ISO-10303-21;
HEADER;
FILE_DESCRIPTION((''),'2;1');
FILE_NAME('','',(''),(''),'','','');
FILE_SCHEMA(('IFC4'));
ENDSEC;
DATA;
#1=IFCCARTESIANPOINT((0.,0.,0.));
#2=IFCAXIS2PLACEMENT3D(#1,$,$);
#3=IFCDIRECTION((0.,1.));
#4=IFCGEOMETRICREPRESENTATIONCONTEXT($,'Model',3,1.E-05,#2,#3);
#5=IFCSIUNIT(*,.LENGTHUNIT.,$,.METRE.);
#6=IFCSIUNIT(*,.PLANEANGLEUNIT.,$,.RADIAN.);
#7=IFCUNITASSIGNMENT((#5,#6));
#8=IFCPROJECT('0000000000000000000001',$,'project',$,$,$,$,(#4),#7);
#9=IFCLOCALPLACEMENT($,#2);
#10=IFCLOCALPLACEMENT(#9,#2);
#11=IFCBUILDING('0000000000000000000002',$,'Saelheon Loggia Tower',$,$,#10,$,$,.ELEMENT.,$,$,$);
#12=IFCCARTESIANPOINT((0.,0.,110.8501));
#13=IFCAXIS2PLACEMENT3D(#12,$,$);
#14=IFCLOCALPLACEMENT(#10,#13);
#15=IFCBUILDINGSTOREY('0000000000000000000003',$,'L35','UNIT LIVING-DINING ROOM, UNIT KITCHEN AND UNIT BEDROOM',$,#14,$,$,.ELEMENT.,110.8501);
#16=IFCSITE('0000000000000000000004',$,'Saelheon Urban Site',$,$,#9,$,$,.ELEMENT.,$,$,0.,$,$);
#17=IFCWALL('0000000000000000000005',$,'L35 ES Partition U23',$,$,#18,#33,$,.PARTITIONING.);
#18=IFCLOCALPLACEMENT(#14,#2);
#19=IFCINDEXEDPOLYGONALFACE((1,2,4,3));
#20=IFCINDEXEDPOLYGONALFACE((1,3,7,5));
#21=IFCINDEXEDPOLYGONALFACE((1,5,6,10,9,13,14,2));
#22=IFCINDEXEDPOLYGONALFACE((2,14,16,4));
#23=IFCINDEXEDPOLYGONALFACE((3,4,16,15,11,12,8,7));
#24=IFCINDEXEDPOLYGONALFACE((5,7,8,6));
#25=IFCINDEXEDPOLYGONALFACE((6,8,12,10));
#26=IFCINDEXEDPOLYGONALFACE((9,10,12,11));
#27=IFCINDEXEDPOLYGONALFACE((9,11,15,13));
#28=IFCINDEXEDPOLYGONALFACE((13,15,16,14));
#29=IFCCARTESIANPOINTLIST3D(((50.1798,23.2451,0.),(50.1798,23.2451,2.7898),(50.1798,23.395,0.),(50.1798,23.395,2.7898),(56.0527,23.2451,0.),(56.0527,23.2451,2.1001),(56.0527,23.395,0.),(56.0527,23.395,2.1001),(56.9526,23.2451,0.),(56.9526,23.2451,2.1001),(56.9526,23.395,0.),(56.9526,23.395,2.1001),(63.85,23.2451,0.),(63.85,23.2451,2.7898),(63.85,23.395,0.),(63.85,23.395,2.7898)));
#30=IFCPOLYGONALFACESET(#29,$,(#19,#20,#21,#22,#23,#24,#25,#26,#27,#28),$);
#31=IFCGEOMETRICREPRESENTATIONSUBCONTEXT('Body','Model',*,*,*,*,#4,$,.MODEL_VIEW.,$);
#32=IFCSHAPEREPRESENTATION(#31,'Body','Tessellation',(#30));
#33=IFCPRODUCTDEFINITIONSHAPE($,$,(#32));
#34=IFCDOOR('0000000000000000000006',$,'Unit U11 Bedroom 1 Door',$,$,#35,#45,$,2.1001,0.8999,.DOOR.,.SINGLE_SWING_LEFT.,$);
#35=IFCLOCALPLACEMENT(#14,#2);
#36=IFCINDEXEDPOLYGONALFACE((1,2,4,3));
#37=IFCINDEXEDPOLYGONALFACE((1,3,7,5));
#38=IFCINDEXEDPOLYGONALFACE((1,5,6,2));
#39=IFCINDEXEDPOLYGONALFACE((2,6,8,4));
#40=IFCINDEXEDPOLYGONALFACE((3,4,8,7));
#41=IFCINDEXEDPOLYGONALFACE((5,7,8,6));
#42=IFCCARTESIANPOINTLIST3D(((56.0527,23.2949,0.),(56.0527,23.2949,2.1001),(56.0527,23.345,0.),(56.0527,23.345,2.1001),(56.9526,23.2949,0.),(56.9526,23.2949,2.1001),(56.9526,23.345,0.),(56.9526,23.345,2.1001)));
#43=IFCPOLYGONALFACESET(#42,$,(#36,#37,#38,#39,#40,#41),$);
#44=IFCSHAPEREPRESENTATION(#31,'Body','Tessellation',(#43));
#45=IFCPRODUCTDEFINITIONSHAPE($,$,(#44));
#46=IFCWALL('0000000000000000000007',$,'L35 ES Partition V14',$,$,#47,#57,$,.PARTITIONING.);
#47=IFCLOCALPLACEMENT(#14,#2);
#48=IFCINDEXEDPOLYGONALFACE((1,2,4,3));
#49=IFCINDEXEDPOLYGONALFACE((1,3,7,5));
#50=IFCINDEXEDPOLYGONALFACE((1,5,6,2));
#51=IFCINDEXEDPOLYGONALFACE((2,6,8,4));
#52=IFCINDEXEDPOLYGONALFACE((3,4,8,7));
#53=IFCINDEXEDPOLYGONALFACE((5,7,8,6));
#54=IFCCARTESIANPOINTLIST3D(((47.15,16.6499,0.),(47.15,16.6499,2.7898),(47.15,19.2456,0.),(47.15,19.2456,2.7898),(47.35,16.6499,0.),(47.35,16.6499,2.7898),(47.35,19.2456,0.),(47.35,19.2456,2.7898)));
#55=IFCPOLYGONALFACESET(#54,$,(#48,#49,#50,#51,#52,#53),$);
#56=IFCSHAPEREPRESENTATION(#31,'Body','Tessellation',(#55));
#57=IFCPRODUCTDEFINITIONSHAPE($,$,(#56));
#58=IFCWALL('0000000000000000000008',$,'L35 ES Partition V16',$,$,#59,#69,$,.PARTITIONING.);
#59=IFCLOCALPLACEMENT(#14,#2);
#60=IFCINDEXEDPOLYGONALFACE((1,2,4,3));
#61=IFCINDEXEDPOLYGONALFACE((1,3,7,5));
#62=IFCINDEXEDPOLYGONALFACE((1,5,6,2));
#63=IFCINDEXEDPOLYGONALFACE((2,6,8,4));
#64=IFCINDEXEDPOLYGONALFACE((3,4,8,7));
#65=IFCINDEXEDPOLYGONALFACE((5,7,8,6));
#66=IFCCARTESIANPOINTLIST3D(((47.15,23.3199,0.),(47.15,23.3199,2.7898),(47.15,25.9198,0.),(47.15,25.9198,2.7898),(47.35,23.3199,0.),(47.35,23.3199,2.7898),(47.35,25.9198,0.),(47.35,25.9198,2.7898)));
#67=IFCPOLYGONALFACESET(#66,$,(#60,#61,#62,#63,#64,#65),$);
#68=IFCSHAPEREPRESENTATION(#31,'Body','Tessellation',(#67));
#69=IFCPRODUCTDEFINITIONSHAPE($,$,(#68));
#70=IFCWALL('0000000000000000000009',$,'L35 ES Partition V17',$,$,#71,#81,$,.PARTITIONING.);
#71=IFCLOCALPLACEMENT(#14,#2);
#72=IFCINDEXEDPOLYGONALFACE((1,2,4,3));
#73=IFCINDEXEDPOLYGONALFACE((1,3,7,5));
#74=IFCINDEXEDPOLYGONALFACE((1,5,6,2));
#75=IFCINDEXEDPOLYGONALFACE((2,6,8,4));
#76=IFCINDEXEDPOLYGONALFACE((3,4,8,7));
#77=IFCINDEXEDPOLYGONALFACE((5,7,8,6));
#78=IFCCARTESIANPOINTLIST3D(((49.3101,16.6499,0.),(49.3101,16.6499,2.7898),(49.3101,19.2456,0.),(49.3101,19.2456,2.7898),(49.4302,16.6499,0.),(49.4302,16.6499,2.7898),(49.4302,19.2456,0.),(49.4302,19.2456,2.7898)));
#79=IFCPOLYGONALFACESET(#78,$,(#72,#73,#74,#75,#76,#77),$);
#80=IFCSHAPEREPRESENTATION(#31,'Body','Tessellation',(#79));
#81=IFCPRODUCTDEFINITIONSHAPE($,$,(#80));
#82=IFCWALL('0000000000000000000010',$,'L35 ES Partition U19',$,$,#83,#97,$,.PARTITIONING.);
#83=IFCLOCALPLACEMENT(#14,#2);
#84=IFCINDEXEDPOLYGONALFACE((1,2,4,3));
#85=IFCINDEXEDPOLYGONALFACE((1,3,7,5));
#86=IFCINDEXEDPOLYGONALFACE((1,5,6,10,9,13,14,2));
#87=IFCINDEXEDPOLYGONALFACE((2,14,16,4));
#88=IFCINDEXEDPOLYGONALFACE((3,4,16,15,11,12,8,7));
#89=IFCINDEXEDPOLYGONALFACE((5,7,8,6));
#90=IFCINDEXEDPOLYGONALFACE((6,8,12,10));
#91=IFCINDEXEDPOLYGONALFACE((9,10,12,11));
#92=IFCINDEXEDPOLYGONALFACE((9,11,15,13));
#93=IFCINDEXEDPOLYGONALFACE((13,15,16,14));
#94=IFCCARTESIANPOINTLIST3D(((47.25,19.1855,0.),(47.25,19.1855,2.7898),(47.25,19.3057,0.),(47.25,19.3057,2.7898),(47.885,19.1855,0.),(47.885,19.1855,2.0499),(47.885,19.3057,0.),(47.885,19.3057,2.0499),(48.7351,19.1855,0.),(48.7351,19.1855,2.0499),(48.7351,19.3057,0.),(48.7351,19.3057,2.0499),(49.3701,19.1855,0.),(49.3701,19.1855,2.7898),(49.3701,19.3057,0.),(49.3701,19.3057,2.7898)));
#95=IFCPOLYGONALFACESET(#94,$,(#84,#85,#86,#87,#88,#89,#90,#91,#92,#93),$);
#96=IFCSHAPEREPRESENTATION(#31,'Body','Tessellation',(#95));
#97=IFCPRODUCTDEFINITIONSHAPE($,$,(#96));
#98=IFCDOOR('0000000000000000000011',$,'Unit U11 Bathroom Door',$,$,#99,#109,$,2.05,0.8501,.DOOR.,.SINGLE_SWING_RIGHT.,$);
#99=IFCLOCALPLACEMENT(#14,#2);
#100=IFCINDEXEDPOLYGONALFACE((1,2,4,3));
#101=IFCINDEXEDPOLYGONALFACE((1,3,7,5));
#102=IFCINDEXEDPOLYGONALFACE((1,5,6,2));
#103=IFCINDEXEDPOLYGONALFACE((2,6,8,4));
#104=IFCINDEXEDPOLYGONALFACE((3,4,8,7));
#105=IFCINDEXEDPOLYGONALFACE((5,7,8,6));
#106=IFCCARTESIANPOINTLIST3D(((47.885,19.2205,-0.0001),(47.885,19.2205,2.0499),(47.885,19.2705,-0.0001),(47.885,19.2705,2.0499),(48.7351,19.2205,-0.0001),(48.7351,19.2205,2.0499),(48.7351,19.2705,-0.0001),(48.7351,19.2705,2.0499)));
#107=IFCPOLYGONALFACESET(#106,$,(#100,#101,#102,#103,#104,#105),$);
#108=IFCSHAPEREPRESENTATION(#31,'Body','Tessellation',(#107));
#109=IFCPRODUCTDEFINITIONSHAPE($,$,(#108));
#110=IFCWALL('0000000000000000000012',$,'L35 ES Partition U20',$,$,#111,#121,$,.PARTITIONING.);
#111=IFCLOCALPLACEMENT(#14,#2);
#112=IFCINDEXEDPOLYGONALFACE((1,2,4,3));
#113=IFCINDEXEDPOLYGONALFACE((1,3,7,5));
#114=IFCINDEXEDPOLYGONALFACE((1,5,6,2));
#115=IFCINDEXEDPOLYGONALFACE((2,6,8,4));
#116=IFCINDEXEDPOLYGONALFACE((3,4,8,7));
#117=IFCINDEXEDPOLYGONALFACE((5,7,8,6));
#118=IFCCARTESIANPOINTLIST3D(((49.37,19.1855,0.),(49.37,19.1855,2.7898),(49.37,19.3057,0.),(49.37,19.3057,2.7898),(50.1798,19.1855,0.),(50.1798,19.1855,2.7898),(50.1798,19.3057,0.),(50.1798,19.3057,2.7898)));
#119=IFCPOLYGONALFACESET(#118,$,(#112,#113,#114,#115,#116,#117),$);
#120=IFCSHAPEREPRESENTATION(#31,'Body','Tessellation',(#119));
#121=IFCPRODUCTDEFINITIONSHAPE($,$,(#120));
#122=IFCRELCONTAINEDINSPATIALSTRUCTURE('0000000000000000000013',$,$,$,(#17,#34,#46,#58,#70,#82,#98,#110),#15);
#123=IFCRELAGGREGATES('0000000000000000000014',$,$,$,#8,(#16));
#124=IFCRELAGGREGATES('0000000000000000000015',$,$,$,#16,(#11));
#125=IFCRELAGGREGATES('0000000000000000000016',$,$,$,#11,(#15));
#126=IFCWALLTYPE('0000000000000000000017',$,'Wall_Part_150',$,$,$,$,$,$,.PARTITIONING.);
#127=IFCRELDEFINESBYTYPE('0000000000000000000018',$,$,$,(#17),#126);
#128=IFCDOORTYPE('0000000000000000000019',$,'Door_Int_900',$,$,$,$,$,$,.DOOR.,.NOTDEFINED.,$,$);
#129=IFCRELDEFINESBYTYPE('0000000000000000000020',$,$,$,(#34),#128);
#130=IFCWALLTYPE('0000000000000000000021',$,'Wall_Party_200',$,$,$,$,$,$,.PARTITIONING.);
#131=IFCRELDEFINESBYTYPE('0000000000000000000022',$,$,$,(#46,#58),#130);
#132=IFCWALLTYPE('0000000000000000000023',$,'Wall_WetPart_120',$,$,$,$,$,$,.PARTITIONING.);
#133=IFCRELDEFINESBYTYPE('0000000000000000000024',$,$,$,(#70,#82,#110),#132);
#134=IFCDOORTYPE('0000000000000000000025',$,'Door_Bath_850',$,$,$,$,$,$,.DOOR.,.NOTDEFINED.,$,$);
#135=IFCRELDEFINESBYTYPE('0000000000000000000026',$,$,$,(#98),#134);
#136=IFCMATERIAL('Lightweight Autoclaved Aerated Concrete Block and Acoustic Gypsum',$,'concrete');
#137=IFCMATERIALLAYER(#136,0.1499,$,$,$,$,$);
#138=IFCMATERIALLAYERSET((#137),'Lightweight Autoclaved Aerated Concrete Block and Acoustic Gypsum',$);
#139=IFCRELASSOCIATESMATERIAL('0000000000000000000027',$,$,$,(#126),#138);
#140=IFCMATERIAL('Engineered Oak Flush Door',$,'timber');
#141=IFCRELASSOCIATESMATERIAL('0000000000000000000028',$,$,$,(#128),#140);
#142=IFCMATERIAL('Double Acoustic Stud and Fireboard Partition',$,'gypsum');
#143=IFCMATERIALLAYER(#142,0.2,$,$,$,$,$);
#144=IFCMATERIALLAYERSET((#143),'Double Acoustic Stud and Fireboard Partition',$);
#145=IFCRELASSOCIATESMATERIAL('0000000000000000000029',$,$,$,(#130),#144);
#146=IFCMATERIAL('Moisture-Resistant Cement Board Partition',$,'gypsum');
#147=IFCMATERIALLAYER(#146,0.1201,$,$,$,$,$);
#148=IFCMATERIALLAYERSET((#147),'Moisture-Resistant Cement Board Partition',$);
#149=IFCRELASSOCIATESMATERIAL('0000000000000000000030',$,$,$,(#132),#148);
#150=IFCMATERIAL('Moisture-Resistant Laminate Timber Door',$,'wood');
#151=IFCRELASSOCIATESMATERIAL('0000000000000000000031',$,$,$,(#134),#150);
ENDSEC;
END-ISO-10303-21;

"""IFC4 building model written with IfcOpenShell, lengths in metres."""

from ifc_helpers import new_model, si_unit, direction, frame, frame_2d, origin, place, context, subcontext, project, spatial, rectangle, extrude, source, transform, mapped, material, layer, layer_set, type_object, element, fill, save


model = new_model("IFC4")

# Units and contexts
model_context = context("Model", 3, precision=1e-05, world=origin(), true_north=direction((0.0, 1.0)))
body_context = subcontext(model_context, "Body", "Model", "MODEL_VIEW")
ifc_project = project(units=[si_unit("LENGTHUNIT", "METRE"), si_unit("PLANEANGLEUNIT", "RADIAN")], contexts=[model_context])

# Site, building, storey
site_placement = place(None, origin())
site = spatial("IfcSite", under=ifc_project, at=site_placement, Name="Saelheon Urban Site", CompositionType="ELEMENT", RefElevation=0.0)
building_placement = place(site_placement, origin())
building = spatial("IfcBuilding", under=site, at=building_placement, Name="Saelheon Loggia Tower", CompositionType="ELEMENT")
storey_placement = place(building_placement, frame((0.0, 0.0, 110.8501)))
storey = spatial("IfcBuildingStorey", under=building, at=storey_placement, Name="L35", Description="UNIT LIVING-DINING ROOM, UNIT KITCHEN AND UNIT BEDROOM", CompositionType="ELEMENT", Elevation=110.8501)

# Shared definitions
ifc_material_1 = material(Name="Lightweight Autoclaved Aerated Concrete Block and Acoustic Gypsum", Category="concrete")
ifc_layer_1 = layer(ifc_material_1, 0.1499)
ifc_layer_set_1 = layer_set([ifc_layer_1], Name="Lightweight Autoclaved Aerated Concrete Block and Acoustic Gypsum")
wall_type_1 = type_object("IfcWallType", Name="Wall_Part_150", PredefinedType="PARTITIONING", material=ifc_layer_set_1)

# Wall, opening, door
ifc_material_2 = material(Name="Engineered Oak Flush Door", Category="timber")
door_type_1 = type_object("IfcDoorType", Name="Door_Int_900", OperationType="NOTDEFINED", PredefinedType="DOOR", material=ifc_material_2)
shared_shape_1 = source(origin(), body_context, "Body", "SweptSolid", [
    extrude(rectangle(XDim=0.8999, YDim=2.1001, at=frame_2d((0.45, 1.05))), frame((0.0, 0.0249, 0.0), z_axis=(0.0, -1.0, 0.0), x_axis=(1.0, 0.0, 0.0)), (0.0, 0.0, 1.0), 0.05),
])
wall_1_placement = place(storey_placement, frame((50.1799, 23.3201, 0.0), z_axis=(0.0, 0.0, 1.0), x_axis=(1.0, 0.0, 0.0)))
wall_1 = element("IfcWall", 1, at=wall_1_placement, inside=storey, type_object=wall_type_1, Name="L35 ES Partition U23", PredefinedType="PARTITIONING", context=body_context, shape_type="SweptSolid", body=[
    extrude(rectangle(XDim=13.6702, YDim=0.1499, at=frame_2d((6.835, 0.0))), origin(), (0.0, 0.0, 1.0), 2.7898),
])
opening_1_placement = place(wall_1_placement, frame((5.8728, 0.0, 0.0)))
opening_1 = element("IfcOpeningElement", 2, at=opening_1_placement, cuts=wall_1, PredefinedType="OPENING", context=body_context, shape_type="SweptSolid", body=[
    extrude(rectangle(XDim=0.8999, YDim=2.1001, at=frame_2d((0.45, 1.05))), frame((0.0, 0.0869, 0.0), z_axis=(0.0, -1.0, 0.0), x_axis=(1.0, 0.0, 0.0)), (0.0, 0.0, 1.0), 0.1738),
])
door_1_placement = place(opening_1_placement, origin())
door_1 = element("IfcDoor", 3, at=door_1_placement, inside=storey, type_object=door_type_1, Name="Unit U11 Bedroom 1 Door", OperationType="SINGLE_SWING_LEFT", OverallHeight=2.1001, OverallWidth=0.8999, PredefinedType="DOOR", context=body_context, shape_type="MappedRepresentation", body=[
    mapped(shared_shape_1, transform((0.0, 0.0, 0.0), scale=1.0)),
])
fill(opening_1, door_1)

# Wall
ifc_material_3 = material(Name="Double Acoustic Stud and Fireboard Partition", Category="gypsum")
ifc_layer_2 = layer(ifc_material_3, 0.2)
ifc_layer_set_2 = layer_set([ifc_layer_2], Name="Double Acoustic Stud and Fireboard Partition")
wall_type_2 = type_object("IfcWallType", Name="Wall_Party_200", PredefinedType="PARTITIONING", material=ifc_layer_set_2)
wall_2_placement = place(storey_placement, frame((47.25, 16.6499, 0.0), z_axis=(0.0, 0.0, 1.0), x_axis=(0.0, 1.0, 0.0)))
element("IfcWall", 4, at=wall_2_placement, inside=storey, type_object=wall_type_2, Name="L35 ES Partition V14", PredefinedType="PARTITIONING", context=body_context, shape_type="SweptSolid", body=[
    extrude(rectangle(XDim=2.5957, YDim=0.2, at=frame_2d((1.2979, 0.0))), origin(), (0.0, 0.0, 1.0), 2.7898),
])

# Walls
wall_3_placement = place(storey_placement, frame((47.25, 23.3201, 0.0), z_axis=(0.0, 0.0, 1.0), x_axis=(0.0, 1.0, 0.0)))
element("IfcWall", 5, at=wall_3_placement, inside=storey, type_object=wall_type_2, Name="L35 ES Partition V16", PredefinedType="PARTITIONING", context=body_context, shape_type="SweptSolid", body=[
    extrude(rectangle(XDim=2.5999, YDim=0.2, at=frame_2d((1.2998, 0.0))), origin(), (0.0, 0.0, 1.0), 2.7898),
])
ifc_material_4 = material(Name="Moisture-Resistant Cement Board Partition", Category="gypsum")
ifc_layer_3 = layer(ifc_material_4, 0.1201)
ifc_layer_set_3 = layer_set([ifc_layer_3], Name="Moisture-Resistant Cement Board Partition")
wall_type_3 = type_object("IfcWallType", Name="Wall_WetPart_120", PredefinedType="PARTITIONING", material=ifc_layer_set_3)
wall_4_placement = place(storey_placement, frame((49.3701, 16.6499, 0.0), z_axis=(0.0, 0.0, 1.0), x_axis=(0.0, 1.0, 0.0)))
element("IfcWall", 6, at=wall_4_placement, inside=storey, type_object=wall_type_3, Name="L35 ES Partition V17", PredefinedType="PARTITIONING", context=body_context, shape_type="SweptSolid", body=[
    extrude(rectangle(XDim=2.5957, YDim=0.1201, at=frame_2d((1.2979, 0.0))), origin(), (0.0, 0.0, 1.0), 2.7898),
])

# Wall, opening, door
wall_5_placement = place(storey_placement, frame((47.25, 19.2456, 0.0), z_axis=(0.0, 0.0, 1.0), x_axis=(1.0, 0.0, 0.0)))
wall_5 = element("IfcWall", 7, at=wall_5_placement, inside=storey, type_object=wall_type_3, Name="L35 ES Partition U19", PredefinedType="PARTITIONING", context=body_context, shape_type="SweptSolid", body=[
    extrude(rectangle(XDim=2.1201, YDim=0.1201, at=frame_2d((1.0601, 0.0))), origin(), (0.0, 0.0, 1.0), 2.7898),
])
opening_2_placement = place(wall_5_placement, frame((0.635, 0.0, 0.0)))
opening_2 = element("IfcOpeningElement", 8, at=opening_2_placement, cuts=wall_5, PredefinedType="OPENING", context=body_context, shape_type="SweptSolid", body=[
    extrude(rectangle(XDim=0.8501, YDim=2.05, at=frame_2d((0.425, 1.0249))), frame((0.0, 0.072, 0.0), z_axis=(0.0, -1.0, 0.0), x_axis=(1.0, 0.0, 0.0)), (0.0, 0.0, 1.0), 0.144),
])
ifc_material_5 = material(Name="Moisture-Resistant Laminate Timber Door", Category="wood")
door_type_2 = type_object("IfcDoorType", Name="Door_Bath_850", OperationType="NOTDEFINED", PredefinedType="DOOR", material=ifc_material_5)
shared_shape_2 = source(origin(), body_context, "Body", "SweptSolid", [
    extrude(rectangle(XDim=0.8501, YDim=2.05, at=frame_2d((0.425, 1.0249))), frame((0.0, 0.0249, 0.0), z_axis=(0.0, -1.0, 0.0), x_axis=(1.0, 0.0, 0.0)), (0.0, 0.0, 1.0), 0.05),
])
door_2_placement = place(opening_2_placement, origin())
door_2 = element("IfcDoor", 9, at=door_2_placement, inside=storey, type_object=door_type_2, Name="Unit U11 Bathroom Door", OperationType="SINGLE_SWING_RIGHT", OverallHeight=2.05, OverallWidth=0.8501, PredefinedType="DOOR", context=body_context, shape_type="MappedRepresentation", body=[
    mapped(shared_shape_2, transform((0.0, 0.0, 0.0), scale=1.0)),
])
fill(opening_2, door_2)

# Wall
wall_6_placement = place(storey_placement, frame((49.3701, 19.2456, 0.0), z_axis=(0.0, 0.0, 1.0), x_axis=(1.0, 0.0, 0.0)))
element("IfcWall", 10, at=wall_6_placement, inside=storey, type_object=wall_type_3, Name="L35 ES Partition U20", PredefinedType="PARTITIONING", context=body_context, shape_type="SweptSolid", body=[
    extrude(rectangle(XDim=0.8098, YDim=0.1201, at=frame_2d((0.4048, 0.0))), origin(), (0.0, 0.0, 1.0), 2.7898),
])

save(model, "model.ifc")
